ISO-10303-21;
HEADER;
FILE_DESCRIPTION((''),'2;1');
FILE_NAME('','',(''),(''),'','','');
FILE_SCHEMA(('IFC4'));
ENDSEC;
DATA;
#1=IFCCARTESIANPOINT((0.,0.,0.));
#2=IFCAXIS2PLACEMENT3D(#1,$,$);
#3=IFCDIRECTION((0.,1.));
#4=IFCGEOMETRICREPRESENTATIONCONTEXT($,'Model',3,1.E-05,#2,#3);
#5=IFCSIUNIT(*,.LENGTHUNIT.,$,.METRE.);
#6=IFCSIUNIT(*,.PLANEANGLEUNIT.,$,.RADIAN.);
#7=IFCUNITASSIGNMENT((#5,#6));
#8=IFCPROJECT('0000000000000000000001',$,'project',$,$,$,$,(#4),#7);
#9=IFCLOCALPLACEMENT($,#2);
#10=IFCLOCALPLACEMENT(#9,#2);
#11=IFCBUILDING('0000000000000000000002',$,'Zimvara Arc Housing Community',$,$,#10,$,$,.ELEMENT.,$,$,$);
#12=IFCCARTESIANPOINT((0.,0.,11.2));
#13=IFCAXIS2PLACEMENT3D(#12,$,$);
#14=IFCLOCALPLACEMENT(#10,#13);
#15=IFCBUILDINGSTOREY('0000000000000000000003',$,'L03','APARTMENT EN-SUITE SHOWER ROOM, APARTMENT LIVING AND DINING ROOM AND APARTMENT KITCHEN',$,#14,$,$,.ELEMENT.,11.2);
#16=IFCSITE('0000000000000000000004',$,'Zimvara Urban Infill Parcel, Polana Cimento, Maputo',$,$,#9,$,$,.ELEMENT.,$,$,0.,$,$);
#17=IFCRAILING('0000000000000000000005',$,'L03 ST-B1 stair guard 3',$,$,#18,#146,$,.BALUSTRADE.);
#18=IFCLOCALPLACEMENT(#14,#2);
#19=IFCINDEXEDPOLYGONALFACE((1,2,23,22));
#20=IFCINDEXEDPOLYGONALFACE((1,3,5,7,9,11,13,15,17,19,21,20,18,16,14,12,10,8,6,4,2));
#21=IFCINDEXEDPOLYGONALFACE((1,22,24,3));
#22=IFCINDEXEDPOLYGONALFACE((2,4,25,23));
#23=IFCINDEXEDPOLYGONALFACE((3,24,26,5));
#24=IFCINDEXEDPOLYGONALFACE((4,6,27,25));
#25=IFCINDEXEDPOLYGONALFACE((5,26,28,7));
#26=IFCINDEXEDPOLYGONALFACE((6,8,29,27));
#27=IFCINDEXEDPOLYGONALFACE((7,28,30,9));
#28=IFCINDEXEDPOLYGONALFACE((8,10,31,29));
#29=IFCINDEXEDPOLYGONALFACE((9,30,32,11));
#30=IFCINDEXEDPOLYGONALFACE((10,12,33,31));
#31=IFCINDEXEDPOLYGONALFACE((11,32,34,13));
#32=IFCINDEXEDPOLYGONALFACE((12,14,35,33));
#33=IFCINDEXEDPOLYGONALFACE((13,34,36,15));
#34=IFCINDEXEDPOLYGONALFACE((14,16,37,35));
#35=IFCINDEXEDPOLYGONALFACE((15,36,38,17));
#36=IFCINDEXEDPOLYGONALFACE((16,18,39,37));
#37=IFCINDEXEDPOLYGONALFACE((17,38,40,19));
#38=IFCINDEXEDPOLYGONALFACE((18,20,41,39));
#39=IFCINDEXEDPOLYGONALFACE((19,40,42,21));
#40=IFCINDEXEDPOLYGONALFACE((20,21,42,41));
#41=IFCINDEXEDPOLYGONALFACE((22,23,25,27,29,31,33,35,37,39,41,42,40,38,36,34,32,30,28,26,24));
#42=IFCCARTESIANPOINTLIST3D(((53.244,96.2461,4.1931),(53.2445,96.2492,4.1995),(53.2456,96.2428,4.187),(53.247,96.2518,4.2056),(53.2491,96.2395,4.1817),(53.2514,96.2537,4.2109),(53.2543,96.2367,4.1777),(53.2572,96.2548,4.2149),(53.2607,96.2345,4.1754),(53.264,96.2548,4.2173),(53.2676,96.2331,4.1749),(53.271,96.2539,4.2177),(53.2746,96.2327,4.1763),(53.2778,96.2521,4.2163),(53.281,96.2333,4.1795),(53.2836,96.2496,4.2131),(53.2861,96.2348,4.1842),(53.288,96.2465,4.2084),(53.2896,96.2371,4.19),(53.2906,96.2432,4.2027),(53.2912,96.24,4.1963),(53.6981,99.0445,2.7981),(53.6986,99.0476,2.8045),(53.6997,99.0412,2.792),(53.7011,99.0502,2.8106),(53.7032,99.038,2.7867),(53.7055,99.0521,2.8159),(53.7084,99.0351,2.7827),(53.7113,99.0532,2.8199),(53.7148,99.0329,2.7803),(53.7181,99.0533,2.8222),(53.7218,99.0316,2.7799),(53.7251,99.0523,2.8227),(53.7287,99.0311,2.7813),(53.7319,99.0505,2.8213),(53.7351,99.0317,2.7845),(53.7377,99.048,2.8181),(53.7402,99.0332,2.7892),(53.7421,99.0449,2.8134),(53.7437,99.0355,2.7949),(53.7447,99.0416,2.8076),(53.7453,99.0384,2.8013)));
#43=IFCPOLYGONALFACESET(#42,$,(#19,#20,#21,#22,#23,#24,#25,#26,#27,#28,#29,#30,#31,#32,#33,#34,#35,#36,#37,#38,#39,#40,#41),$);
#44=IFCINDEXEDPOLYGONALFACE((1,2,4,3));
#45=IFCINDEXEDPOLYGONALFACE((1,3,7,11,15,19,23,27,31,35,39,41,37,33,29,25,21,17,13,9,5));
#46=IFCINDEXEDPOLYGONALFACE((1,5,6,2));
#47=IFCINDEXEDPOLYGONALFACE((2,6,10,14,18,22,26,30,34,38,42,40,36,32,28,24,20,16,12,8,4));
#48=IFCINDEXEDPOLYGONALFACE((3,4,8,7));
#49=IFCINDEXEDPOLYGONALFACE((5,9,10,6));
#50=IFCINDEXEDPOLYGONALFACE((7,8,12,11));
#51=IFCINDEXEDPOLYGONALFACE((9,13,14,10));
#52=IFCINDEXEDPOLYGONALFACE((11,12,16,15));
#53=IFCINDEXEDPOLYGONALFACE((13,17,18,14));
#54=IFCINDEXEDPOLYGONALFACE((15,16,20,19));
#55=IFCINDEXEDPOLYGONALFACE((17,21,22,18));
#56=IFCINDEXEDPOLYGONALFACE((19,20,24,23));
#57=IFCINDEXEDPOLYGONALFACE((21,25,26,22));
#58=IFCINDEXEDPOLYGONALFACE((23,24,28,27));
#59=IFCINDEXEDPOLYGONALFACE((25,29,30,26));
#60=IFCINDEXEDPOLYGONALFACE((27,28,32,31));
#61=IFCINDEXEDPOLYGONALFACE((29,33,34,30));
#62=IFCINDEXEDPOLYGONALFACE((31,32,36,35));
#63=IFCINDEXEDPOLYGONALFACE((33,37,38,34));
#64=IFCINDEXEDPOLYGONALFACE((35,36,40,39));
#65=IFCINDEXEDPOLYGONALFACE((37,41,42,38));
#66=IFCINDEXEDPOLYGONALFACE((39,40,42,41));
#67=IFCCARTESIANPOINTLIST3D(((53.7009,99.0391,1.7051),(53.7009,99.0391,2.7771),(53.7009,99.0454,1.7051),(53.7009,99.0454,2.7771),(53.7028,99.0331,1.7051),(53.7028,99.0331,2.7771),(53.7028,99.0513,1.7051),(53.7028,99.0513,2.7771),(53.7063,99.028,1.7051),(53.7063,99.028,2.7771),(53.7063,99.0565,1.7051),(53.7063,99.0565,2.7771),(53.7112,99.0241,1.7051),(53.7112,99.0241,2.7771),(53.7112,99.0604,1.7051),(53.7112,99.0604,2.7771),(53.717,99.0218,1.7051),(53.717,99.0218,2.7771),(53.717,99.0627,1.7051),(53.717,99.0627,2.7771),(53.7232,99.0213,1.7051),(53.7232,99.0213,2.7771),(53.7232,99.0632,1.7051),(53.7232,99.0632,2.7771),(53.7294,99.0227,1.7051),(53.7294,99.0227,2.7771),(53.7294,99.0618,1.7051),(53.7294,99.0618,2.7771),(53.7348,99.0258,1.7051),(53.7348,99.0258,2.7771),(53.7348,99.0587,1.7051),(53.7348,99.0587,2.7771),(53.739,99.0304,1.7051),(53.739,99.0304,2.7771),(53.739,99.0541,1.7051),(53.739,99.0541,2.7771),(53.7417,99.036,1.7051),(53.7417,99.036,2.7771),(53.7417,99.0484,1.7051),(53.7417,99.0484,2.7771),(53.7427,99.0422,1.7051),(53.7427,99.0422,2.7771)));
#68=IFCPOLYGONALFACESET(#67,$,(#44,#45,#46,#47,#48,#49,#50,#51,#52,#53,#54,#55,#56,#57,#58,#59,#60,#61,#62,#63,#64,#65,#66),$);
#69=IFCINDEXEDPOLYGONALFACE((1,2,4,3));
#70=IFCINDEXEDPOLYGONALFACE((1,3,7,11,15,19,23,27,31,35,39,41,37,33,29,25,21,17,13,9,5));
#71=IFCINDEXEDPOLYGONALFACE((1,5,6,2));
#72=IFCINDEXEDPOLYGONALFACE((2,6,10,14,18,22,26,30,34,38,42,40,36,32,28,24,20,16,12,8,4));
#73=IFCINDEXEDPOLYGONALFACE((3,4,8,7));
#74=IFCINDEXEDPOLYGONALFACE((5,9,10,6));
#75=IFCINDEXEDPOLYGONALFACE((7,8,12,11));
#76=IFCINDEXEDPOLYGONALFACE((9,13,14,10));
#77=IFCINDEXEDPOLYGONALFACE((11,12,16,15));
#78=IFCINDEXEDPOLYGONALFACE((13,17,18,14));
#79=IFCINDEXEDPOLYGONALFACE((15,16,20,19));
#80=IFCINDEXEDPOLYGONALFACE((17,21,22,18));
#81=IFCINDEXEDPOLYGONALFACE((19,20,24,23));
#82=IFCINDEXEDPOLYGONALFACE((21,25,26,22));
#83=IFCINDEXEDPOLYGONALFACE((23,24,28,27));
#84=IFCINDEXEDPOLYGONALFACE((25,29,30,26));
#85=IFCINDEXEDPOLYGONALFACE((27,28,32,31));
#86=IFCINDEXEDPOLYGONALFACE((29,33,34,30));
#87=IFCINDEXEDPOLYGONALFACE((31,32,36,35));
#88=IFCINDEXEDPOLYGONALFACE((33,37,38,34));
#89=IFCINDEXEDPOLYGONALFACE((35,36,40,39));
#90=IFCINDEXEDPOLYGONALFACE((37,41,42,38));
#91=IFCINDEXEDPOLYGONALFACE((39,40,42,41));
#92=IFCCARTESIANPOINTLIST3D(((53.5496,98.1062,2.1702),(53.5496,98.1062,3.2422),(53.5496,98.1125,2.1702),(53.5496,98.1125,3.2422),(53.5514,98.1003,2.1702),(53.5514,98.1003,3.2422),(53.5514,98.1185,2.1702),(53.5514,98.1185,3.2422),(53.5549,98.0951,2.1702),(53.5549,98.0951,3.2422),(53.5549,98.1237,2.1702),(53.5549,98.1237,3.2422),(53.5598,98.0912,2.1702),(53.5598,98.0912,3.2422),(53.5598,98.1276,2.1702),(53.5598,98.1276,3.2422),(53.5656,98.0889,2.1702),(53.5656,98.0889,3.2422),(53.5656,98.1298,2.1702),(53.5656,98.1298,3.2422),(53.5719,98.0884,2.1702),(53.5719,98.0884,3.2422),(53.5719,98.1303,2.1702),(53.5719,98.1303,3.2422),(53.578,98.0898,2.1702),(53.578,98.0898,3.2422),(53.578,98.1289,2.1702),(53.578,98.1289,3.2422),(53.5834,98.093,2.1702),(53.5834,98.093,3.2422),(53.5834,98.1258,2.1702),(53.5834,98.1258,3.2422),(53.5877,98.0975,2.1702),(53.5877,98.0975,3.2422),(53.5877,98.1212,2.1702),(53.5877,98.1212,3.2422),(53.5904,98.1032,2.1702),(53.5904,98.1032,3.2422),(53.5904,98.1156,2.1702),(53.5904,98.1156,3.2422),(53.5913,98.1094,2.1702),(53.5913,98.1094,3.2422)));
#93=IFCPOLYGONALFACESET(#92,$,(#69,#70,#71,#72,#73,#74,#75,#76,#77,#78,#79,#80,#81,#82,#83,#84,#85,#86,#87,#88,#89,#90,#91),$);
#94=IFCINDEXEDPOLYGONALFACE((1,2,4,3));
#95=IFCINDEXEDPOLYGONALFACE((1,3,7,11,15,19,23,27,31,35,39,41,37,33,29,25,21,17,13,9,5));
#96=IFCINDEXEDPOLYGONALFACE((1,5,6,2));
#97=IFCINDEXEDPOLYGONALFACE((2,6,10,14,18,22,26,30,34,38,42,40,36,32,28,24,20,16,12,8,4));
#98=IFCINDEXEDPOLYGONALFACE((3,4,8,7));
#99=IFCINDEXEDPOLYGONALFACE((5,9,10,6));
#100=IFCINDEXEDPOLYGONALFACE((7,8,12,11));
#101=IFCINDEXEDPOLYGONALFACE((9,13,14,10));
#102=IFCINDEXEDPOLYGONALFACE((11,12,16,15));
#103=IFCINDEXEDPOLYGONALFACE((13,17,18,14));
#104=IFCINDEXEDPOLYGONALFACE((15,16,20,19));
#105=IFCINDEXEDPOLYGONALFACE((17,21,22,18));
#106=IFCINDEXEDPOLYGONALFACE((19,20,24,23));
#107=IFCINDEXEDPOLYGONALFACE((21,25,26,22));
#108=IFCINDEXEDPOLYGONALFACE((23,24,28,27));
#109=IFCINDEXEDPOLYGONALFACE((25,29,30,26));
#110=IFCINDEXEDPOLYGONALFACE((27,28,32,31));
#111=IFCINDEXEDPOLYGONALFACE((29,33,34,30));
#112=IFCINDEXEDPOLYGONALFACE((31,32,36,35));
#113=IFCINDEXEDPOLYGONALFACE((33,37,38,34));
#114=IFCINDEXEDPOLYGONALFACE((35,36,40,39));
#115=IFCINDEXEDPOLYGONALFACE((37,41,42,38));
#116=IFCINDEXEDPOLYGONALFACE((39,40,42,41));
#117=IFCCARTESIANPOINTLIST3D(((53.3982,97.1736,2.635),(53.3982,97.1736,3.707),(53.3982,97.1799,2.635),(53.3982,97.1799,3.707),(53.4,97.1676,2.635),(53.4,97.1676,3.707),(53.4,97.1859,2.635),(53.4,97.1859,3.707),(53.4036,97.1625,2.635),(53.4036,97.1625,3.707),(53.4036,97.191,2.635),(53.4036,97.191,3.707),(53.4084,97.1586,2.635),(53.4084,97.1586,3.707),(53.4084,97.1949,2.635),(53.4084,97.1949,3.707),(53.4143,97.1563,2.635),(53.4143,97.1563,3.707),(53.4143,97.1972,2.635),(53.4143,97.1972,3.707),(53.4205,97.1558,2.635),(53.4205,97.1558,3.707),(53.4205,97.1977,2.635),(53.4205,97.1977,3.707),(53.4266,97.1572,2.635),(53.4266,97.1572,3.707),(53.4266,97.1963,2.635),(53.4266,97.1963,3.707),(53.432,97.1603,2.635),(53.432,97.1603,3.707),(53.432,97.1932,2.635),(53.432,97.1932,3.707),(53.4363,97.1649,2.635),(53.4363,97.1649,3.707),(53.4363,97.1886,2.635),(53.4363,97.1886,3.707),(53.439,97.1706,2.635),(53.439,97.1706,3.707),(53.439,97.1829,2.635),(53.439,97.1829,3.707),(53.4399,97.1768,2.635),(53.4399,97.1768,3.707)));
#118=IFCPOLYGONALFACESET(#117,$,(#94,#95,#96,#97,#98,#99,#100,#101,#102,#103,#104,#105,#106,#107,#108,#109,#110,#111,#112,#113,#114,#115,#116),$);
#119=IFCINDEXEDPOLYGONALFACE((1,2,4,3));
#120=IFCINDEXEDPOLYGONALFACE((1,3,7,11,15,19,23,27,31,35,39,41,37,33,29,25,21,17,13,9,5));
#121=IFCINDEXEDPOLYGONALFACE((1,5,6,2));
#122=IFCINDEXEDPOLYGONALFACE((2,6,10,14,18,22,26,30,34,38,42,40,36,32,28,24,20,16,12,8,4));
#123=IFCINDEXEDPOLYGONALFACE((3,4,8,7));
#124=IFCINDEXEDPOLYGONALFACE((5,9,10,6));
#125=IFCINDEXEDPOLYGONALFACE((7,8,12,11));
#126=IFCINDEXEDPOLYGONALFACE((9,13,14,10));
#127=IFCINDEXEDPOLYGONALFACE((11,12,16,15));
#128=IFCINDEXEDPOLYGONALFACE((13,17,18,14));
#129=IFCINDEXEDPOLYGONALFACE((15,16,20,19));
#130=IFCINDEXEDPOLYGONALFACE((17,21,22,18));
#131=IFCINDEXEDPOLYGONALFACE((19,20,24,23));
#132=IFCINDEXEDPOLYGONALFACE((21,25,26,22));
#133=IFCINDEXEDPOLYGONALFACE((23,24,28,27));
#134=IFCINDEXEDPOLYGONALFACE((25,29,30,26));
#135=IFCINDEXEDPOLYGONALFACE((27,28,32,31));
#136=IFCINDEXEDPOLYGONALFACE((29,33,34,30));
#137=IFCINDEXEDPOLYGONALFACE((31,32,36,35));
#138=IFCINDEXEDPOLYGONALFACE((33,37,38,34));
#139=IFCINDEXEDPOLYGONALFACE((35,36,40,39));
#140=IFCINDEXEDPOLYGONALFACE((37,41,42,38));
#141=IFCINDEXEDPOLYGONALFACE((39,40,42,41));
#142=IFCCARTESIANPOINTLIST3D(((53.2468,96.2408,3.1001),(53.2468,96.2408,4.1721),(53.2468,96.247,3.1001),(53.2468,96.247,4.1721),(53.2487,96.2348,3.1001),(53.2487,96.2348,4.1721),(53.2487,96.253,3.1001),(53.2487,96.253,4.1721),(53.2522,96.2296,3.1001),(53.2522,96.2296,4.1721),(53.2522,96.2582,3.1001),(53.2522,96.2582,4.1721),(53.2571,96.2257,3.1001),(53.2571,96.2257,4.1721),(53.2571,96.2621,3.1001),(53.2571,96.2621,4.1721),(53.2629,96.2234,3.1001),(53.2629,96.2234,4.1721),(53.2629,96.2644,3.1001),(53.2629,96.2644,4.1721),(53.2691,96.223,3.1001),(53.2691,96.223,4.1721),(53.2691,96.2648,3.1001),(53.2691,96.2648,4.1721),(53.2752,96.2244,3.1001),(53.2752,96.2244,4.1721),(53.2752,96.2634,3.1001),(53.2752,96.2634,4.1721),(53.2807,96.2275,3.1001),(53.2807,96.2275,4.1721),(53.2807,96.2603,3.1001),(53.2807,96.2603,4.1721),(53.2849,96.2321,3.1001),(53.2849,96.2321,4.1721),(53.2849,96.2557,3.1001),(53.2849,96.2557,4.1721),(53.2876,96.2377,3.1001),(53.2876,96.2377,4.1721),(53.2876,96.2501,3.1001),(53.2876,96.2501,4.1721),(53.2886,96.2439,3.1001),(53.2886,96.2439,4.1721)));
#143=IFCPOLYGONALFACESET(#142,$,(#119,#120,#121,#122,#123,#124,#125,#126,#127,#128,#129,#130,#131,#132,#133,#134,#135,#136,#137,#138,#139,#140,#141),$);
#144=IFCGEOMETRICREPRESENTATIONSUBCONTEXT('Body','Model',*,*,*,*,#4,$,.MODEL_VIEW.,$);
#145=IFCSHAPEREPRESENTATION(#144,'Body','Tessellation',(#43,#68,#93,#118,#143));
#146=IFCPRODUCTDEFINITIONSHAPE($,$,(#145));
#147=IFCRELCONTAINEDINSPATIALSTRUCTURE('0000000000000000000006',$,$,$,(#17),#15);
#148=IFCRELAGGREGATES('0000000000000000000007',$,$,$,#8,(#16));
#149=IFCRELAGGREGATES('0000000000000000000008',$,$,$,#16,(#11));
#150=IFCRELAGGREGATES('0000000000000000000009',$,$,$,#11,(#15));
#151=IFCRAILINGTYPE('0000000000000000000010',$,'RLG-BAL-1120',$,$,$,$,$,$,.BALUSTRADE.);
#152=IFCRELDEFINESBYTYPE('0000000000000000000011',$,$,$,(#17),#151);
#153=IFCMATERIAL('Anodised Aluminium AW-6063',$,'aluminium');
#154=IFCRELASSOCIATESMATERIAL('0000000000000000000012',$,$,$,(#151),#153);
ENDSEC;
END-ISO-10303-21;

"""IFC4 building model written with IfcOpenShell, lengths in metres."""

from ifc_helpers import new_model, si_unit, direction, frame, origin, origin_2d, place, context, subcontext, project, spatial, circle, extrude, material, type_object, element, save


model = new_model("IFC4")

# Units and contexts
model_context = context("Model", 3, precision=1e-05, world=origin(), true_north=direction((0.0, 1.0)))
body_context = subcontext(model_context, "Body", "Model", "MODEL_VIEW")
ifc_project = project(units=[si_unit("LENGTHUNIT", "METRE"), si_unit("PLANEANGLEUNIT", "RADIAN")], contexts=[model_context])

# Site, building, storey
site_placement = place(None, origin())
site = spatial("IfcSite", under=ifc_project, at=site_placement, Name="Zimvara Urban Infill Parcel, Polana Cimento, Maputo", CompositionType="ELEMENT", RefElevation=0.0)
building_placement = place(site_placement, origin())
building = spatial("IfcBuilding", under=site, at=building_placement, Name="Zimvara Arc Housing Community", CompositionType="ELEMENT")
storey_placement = place(building_placement, frame((0.0, 0.0, 11.2)))
storey = spatial("IfcBuildingStorey", under=building, at=storey_placement, Name="L03", Description="APARTMENT EN-SUITE SHOWER ROOM, APARTMENT LIVING AND DINING ROOM AND APARTMENT KITCHEN", CompositionType="ELEMENT", Elevation=11.2)

# Railing
ifc_material_1 = material(Name="Anodised Aluminium AW-6063", Category="aluminium")
railing_type_1 = type_object("IfcRailingType", Name="RLG-BAL-1120", PredefinedType="BALUSTRADE", material=ifc_material_1)
railing_1_placement = place(storey_placement, frame((53.7217, 99.0422, 1.7051)))
element("IfcRailing", 1, at=railing_1_placement, inside=storey, type_object=railing_type_1, Name="L03 ST-B1 stair guard 3", PredefinedType="BALUSTRADE", context=body_context, shape_type="SweptSolid", body=[
    extrude(circle(Radius=0.0239, at=origin_2d()), frame((0.0, 0.0, 1.0962), z_axis=(-0.143722, -0.885666, 0.44152), x_axis=(0.987088, -0.16018, 0.0)), (0.0, 0.0, 1.0), 3.1597),
    extrude(circle(Radius=0.021, at=origin_2d()), origin(), (0.0, 0.0, 1.0), 1.072),
    extrude(circle(Radius=0.021, at=origin_2d()), frame((-0.1514, -0.9329, 0.4651)), (0.0, 0.0, 1.0), 1.072),
    extrude(circle(Radius=0.021, at=origin_2d()), frame((-0.3027, -1.8655, 0.9299)), (0.0, 0.0, 1.0), 1.072),
    extrude(circle(Radius=0.021, at=origin_2d()), frame((-0.4541, -2.7983, 1.395)), (0.0, 0.0, 1.0), 1.072),
])

save(model, "model.ifc")
